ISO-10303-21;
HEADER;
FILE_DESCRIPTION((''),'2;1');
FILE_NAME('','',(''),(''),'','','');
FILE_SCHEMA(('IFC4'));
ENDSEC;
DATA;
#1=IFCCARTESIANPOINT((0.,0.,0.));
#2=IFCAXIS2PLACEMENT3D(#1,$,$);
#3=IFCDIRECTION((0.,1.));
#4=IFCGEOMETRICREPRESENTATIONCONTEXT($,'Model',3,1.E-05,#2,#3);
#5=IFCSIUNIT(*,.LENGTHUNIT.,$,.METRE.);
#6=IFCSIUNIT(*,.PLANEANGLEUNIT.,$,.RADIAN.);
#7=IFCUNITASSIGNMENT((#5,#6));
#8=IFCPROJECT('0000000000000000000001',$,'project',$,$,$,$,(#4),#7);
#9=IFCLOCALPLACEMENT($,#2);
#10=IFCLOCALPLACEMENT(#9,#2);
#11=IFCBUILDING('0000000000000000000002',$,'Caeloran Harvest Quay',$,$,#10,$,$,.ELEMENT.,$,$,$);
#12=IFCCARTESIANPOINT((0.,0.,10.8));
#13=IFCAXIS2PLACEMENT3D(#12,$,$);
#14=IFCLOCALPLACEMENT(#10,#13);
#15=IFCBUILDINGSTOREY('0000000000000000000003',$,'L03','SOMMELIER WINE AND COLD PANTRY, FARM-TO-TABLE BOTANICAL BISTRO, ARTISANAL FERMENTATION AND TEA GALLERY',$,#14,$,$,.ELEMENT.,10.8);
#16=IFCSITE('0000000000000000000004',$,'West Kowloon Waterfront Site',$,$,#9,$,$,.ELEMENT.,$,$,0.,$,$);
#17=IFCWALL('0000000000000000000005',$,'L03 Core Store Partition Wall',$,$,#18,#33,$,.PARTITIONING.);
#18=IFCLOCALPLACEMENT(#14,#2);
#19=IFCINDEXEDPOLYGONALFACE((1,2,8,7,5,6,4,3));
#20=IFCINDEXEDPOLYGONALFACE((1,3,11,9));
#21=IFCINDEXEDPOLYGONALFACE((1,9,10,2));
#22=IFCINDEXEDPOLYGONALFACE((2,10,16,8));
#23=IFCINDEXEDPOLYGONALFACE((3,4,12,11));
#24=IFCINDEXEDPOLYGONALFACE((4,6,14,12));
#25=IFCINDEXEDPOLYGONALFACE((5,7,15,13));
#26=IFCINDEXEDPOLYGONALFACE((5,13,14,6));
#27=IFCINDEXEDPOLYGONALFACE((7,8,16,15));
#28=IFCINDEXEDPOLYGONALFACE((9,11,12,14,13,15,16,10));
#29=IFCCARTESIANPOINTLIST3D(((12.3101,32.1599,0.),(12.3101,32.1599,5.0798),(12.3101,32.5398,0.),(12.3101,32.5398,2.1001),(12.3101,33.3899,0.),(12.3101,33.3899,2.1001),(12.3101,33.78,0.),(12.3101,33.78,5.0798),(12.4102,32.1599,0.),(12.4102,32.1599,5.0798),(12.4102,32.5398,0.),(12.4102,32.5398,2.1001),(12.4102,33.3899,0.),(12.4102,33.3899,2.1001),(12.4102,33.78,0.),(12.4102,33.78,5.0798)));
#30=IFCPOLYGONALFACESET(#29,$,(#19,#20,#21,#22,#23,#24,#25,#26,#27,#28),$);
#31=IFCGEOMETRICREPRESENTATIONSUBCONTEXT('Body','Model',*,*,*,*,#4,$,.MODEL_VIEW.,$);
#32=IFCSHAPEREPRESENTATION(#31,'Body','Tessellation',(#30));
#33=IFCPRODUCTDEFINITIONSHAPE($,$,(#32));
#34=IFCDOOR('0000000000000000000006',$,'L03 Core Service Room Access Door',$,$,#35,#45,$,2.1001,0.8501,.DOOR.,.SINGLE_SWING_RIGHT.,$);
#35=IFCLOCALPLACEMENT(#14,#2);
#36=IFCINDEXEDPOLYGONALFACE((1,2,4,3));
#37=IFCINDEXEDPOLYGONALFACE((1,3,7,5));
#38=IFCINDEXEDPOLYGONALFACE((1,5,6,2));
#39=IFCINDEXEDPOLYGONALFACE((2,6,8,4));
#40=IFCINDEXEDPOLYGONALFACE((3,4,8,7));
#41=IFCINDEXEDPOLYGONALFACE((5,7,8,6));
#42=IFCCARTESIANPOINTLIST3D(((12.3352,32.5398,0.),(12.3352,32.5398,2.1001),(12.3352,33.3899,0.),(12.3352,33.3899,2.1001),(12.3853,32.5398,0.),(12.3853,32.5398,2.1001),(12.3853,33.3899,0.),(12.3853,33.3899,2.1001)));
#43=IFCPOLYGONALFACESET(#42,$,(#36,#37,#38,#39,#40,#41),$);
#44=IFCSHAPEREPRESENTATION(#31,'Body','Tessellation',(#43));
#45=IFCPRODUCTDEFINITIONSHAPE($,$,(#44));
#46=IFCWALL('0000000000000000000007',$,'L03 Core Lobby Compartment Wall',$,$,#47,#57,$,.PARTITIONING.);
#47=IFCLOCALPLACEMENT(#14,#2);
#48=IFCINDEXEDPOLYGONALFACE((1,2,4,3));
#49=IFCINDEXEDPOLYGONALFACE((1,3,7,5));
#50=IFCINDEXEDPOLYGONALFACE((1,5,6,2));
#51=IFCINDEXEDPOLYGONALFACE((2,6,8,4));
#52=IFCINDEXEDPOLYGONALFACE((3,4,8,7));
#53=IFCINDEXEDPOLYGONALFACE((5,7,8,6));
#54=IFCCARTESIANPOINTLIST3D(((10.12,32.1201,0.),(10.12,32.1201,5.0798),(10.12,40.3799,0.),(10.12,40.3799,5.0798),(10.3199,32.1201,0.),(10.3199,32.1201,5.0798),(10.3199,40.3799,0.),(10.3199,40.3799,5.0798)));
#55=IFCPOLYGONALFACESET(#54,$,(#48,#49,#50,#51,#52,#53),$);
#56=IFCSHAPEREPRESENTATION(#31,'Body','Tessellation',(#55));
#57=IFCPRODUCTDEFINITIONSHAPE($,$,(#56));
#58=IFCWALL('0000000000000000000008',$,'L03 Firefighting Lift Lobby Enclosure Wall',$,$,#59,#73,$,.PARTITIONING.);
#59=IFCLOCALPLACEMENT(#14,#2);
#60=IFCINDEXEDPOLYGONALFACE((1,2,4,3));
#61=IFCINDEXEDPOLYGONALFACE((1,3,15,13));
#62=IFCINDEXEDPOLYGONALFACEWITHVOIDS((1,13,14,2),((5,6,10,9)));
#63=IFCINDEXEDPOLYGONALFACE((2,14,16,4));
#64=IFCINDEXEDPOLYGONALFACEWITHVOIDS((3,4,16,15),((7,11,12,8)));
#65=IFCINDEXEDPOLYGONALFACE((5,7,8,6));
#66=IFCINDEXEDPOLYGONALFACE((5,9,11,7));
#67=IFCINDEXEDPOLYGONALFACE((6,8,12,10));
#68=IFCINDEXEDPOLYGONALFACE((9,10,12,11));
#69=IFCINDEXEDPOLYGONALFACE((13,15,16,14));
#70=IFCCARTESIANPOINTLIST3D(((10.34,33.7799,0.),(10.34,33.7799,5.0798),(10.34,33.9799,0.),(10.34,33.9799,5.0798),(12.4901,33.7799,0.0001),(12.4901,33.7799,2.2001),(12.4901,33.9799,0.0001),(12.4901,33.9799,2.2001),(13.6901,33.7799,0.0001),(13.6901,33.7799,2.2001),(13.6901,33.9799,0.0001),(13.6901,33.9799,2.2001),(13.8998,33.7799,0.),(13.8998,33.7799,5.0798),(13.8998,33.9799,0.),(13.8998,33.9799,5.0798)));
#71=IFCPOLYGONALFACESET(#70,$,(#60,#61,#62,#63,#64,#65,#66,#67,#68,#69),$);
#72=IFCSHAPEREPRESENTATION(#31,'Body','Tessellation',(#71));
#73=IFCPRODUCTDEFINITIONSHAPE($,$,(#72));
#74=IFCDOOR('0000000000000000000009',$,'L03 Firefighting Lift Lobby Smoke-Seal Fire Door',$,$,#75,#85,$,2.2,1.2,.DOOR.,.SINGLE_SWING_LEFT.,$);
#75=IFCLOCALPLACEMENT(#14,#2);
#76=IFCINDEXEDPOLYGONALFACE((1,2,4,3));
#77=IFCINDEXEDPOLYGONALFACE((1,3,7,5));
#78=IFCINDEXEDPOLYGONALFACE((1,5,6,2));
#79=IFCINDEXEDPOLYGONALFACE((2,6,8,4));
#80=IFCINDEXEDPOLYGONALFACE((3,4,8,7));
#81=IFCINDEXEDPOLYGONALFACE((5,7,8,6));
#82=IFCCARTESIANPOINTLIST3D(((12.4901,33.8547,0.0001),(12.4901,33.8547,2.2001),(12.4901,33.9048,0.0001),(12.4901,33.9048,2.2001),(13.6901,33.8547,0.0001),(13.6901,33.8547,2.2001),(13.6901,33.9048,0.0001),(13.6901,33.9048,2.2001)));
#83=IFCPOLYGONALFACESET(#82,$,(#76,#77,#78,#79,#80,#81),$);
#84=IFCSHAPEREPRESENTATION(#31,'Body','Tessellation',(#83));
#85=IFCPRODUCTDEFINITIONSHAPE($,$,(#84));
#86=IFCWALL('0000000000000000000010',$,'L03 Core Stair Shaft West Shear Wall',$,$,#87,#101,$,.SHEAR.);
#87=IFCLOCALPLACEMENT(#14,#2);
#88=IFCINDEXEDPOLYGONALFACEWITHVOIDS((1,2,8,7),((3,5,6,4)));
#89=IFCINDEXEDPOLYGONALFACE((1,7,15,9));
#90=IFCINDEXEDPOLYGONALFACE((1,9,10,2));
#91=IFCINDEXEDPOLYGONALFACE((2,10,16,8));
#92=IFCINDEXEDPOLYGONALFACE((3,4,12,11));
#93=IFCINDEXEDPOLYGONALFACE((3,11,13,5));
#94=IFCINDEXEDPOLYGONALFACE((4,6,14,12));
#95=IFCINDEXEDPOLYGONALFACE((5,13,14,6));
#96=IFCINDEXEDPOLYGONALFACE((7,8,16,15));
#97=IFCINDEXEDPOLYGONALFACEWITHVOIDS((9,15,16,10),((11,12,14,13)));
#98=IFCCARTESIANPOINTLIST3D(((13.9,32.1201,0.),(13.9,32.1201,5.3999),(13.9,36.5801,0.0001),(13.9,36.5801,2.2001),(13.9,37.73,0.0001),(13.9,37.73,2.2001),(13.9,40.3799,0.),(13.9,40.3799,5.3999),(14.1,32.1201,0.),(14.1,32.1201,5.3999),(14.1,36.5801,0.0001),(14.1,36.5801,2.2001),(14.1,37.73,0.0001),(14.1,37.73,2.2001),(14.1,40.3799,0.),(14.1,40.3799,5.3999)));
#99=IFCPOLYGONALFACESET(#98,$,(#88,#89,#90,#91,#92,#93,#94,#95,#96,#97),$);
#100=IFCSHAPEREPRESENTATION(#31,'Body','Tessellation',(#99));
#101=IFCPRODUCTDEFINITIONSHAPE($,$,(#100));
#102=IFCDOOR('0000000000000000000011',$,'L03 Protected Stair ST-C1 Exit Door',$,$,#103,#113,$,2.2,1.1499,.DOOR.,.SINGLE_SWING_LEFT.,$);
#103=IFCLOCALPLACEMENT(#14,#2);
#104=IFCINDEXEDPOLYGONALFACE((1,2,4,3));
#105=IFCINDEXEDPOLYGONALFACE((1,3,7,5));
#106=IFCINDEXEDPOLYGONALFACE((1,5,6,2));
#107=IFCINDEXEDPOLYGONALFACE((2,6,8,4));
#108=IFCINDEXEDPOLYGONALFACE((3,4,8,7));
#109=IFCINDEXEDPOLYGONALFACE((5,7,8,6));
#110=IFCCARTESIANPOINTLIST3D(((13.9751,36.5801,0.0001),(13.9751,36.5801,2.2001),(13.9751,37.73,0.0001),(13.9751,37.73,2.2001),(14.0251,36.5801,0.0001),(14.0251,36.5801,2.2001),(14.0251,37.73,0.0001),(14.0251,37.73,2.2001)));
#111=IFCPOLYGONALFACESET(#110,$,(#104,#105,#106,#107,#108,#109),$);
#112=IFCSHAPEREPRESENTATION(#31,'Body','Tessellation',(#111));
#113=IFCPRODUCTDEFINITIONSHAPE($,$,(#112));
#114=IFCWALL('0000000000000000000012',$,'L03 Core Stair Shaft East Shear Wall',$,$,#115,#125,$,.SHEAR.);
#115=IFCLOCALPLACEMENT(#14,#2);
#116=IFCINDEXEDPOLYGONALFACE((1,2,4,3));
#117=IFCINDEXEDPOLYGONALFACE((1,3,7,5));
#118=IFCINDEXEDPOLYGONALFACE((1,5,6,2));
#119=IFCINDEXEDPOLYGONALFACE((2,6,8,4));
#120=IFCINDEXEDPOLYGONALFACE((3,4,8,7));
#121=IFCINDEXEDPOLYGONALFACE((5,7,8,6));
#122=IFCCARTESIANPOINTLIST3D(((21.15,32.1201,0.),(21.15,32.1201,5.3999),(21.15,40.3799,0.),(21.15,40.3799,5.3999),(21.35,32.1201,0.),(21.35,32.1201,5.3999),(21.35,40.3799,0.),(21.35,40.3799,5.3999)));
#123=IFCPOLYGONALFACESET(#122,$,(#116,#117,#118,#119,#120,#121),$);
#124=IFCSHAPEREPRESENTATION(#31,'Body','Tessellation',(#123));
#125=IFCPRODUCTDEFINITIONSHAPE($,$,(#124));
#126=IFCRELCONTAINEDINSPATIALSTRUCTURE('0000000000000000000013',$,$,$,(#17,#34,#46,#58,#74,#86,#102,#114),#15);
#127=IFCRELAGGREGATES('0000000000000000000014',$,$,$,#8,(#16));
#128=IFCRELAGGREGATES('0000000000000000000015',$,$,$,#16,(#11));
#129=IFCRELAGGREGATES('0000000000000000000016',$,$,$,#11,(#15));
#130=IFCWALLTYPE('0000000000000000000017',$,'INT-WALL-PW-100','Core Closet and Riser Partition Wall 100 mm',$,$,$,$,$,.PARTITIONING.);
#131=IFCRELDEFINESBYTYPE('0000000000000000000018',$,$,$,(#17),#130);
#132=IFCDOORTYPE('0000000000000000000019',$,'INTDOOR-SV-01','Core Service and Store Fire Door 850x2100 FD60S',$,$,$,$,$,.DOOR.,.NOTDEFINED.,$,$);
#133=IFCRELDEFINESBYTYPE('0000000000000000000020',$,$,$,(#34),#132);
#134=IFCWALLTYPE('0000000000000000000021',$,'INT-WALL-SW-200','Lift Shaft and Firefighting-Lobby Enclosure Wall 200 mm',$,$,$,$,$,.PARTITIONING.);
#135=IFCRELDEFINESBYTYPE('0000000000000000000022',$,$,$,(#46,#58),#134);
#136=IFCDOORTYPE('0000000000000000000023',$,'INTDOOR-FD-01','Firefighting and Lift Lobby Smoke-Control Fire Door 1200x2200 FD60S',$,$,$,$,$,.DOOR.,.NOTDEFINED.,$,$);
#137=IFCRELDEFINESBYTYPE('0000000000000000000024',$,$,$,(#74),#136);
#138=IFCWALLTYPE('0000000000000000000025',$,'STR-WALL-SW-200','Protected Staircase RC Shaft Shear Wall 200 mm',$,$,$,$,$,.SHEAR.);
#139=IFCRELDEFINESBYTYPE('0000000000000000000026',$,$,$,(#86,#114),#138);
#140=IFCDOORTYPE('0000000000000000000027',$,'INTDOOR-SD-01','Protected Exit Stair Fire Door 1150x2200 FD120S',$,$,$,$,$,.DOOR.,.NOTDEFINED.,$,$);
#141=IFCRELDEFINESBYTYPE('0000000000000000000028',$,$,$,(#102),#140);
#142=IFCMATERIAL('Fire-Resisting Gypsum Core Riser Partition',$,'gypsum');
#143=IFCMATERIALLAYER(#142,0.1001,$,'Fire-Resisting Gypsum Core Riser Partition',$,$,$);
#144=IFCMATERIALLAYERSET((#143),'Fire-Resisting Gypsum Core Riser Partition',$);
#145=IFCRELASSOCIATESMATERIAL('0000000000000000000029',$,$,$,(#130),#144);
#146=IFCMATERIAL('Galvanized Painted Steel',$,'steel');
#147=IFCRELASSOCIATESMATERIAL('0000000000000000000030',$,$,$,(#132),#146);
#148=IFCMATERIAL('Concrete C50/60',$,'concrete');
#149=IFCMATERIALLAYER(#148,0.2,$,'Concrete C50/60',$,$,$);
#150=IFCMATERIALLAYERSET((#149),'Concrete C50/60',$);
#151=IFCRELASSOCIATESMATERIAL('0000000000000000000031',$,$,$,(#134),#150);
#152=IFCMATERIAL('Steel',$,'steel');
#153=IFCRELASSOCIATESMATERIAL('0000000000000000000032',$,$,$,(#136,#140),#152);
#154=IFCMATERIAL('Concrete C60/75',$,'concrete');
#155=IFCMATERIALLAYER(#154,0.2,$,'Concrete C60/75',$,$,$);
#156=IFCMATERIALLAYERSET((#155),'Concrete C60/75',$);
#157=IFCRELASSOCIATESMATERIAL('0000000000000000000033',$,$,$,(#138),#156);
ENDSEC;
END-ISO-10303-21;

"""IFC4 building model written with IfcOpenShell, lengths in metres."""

from ifc_helpers import new_model, si_unit, direction, frame, frame_2d, origin, place, context, subcontext, project, spatial, rectangle, extrude, material, layer, layer_set, type_object, element, fill, save


model = new_model("IFC4")

# Units and contexts
model_context = context("Model", 3, precision=1e-05, world=origin(), true_north=direction((0.0, 1.0)))
body_context = subcontext(model_context, "Body", "Model", "MODEL_VIEW")
ifc_project = project(units=[si_unit("LENGTHUNIT", "METRE"), si_unit("PLANEANGLEUNIT", "RADIAN")], contexts=[model_context])

# Site, building, storey
site_placement = place(None, origin())
site = spatial("IfcSite", under=ifc_project, at=site_placement, Name="West Kowloon Waterfront Site", CompositionType="ELEMENT", RefElevation=0.0)
building_placement = place(site_placement, origin())
building = spatial("IfcBuilding", under=site, at=building_placement, Name="Caeloran Harvest Quay", CompositionType="ELEMENT")
storey_placement = place(building_placement, frame((0.0, 0.0, 10.8)))
storey = spatial("IfcBuildingStorey", under=building, at=storey_placement, Name="L03", Description="SOMMELIER WINE AND COLD PANTRY, FARM-TO-TABLE BOTANICAL BISTRO, ARTISANAL FERMENTATION AND TEA GALLERY", CompositionType="ELEMENT", Elevation=10.8)

# Wall, opening, door
ifc_material_1 = material(Name="Fire-Resisting Gypsum Core Riser Partition", Category="gypsum")
ifc_layer_1 = layer(ifc_material_1, 0.1001, Name="Fire-Resisting Gypsum Core Riser Partition")
ifc_layer_set_1 = layer_set([ifc_layer_1], Name="Fire-Resisting Gypsum Core Riser Partition")
wall_type_1 = type_object("IfcWallType", Name="INT-WALL-PW-100", Description="Core Closet and Riser Partition Wall 100 mm", PredefinedType="PARTITIONING", material=ifc_layer_set_1)
wall_1_placement = place(storey_placement, frame((12.3601, 32.1599, 0.0), z_axis=(0.0, 0.0, 1.0), x_axis=(0.0, 1.0, 0.0)))
wall_1 = element("IfcWall", 1, at=wall_1_placement, inside=storey, type_object=wall_type_1, Name="L03 Core Store Partition Wall", PredefinedType="PARTITIONING", context=body_context, shape_type="SweptSolid", body=[
    extrude(rectangle(XDim=1.6201, YDim=0.1001, at=frame_2d((0.8101, 0.0))), origin(), (0.0, 0.0, 1.0), 5.0798),
])
opening_1_placement = place(wall_1_placement, frame((0.3799, 0.0, 0.0)))
opening_1 = element("IfcOpeningElement", 2, at=opening_1_placement, cuts=wall_1, PredefinedType="OPENING", context=body_context, shape_type="SweptSolid", body=[
    extrude(rectangle(XDim=0.8501, YDim=2.1001, at=frame_2d((0.425, 1.05))), frame((0.0, 0.0601, 0.0), z_axis=(0.0, -1.0, 0.0), x_axis=(1.0, 0.0, 0.0)), (0.0, 0.0, 1.0), 0.1201),
])
ifc_material_2 = material(Name="Galvanized Painted Steel", Category="steel")
door_type_1 = type_object("IfcDoorType", Name="INTDOOR-SV-01", Description="Core Service and Store Fire Door 850x2100 FD60S", OperationType="NOTDEFINED", PredefinedType="DOOR", material=ifc_material_2)
door_1_placement = place(opening_1_placement, origin())
door_1 = element("IfcDoor", 3, at=door_1_placement, inside=storey, type_object=door_type_1, Name="L03 Core Service Room Access Door", OperationType="SINGLE_SWING_RIGHT", OverallHeight=2.1001, OverallWidth=0.8501, PredefinedType="DOOR", context=body_context, shape_type="SweptSolid", body=[
    extrude(rectangle(XDim=0.8501, YDim=2.1001, at=frame_2d((0.425, 1.05))), frame((0.0, 0.0249, 0.0), z_axis=(0.0, -1.0, 0.0), x_axis=(1.0, 0.0, 0.0)), (0.0, 0.0, 1.0), 0.05),
])
fill(opening_1, door_1)

# Wall
ifc_material_3 = material(Name="Concrete C50/60", Category="concrete")
ifc_layer_2 = layer(ifc_material_3, 0.2, Name="Concrete C50/60")
ifc_layer_set_2 = layer_set([ifc_layer_2], Name="Concrete C50/60")
wall_type_2 = type_object("IfcWallType", Name="INT-WALL-SW-200", Description="Lift Shaft and Firefighting-Lobby Enclosure Wall 200 mm", PredefinedType="PARTITIONING", material=ifc_layer_set_2)
wall_2_placement = place(storey_placement, frame((10.22, 32.1201, 0.0), z_axis=(0.0, 0.0, 1.0), x_axis=(0.0, 1.0, 0.0)))
element("IfcWall", 4, at=wall_2_placement, inside=storey, type_object=wall_type_2, Name="L03 Core Lobby Compartment Wall", PredefinedType="PARTITIONING", context=body_context, shape_type="SweptSolid", body=[
    extrude(rectangle(XDim=8.2598, YDim=0.2, at=frame_2d((4.1299, 0.0))), origin(), (0.0, 0.0, 1.0), 5.0798),
])

# Walls, openings, doors
wall_3_placement = place(storey_placement, frame((10.3401, 33.8799, 0.0), z_axis=(0.0, 0.0, 1.0), x_axis=(1.0, 0.0, 0.0)))
wall_3 = element("IfcWall", 5, at=wall_3_placement, inside=storey, type_object=wall_type_2, Name="L03 Firefighting Lift Lobby Enclosure Wall", PredefinedType="PARTITIONING", context=body_context, shape_type="SweptSolid", body=[
    extrude(rectangle(XDim=3.5598, YDim=0.2, at=frame_2d((1.7798, 0.0))), origin(), (0.0, 0.0, 1.0), 5.0798),
])
opening_2_placement = place(wall_3_placement, frame((2.1499, 0.0, 0.0)))
opening_2 = element("IfcOpeningElement", 6, at=opening_2_placement, cuts=wall_3, PredefinedType="OPENING", context=body_context, shape_type="SweptSolid", body=[
    extrude(rectangle(XDim=1.2, YDim=2.2, at=frame_2d((0.6001, 1.1001))), frame((0.0, 0.1099, 0.0), z_axis=(0.0, -1.0, 0.0), x_axis=(1.0, 0.0, 0.0)), (0.0, 0.0, 1.0), 0.22),
])
ifc_material_4 = material(Name="Steel", Category="steel")
door_type_2 = type_object("IfcDoorType", Name="INTDOOR-FD-01", Description="Firefighting and Lift Lobby Smoke-Control Fire Door 1200x2200 FD60S", OperationType="NOTDEFINED", PredefinedType="DOOR", material=ifc_material_4)
door_2_placement = place(opening_2_placement, origin())
door_2 = element("IfcDoor", 7, at=door_2_placement, inside=storey, type_object=door_type_2, Name="L03 Firefighting Lift Lobby Smoke-Seal Fire Door", OperationType="SINGLE_SWING_LEFT", OverallHeight=2.2, OverallWidth=1.2, PredefinedType="DOOR", context=body_context, shape_type="SweptSolid", body=[
    extrude(rectangle(XDim=1.2, YDim=2.2, at=frame_2d((0.6001, 1.1001))), frame((0.0, 0.0249, 0.0), z_axis=(0.0, -1.0, 0.0), x_axis=(1.0, 0.0, 0.0)), (0.0, 0.0, 1.0), 0.05),
])
fill(opening_2, door_2)
ifc_material_5 = material(Name="Concrete C60/75", Category="concrete")
ifc_layer_3 = layer(ifc_material_5, 0.2, Name="Concrete C60/75")
ifc_layer_set_3 = layer_set([ifc_layer_3], Name="Concrete C60/75")
wall_type_3 = type_object("IfcWallType", Name="STR-WALL-SW-200", Description="Protected Staircase RC Shaft Shear Wall 200 mm", PredefinedType="SHEAR", material=ifc_layer_set_3)
wall_4_placement = place(storey_placement, frame((14.0, 32.1201, 0.0), z_axis=(0.0, 0.0, 1.0), x_axis=(0.0, 1.0, 0.0)))
wall_4 = element("IfcWall", 8, at=wall_4_placement, inside=storey, type_object=wall_type_3, Name="L03 Core Stair Shaft West Shear Wall", PredefinedType="SHEAR", context=body_context, shape_type="SweptSolid", body=[
    extrude(rectangle(XDim=8.2598, YDim=0.2, at=frame_2d((4.1299, 0.0))), origin(), (0.0, 0.0, 1.0), 5.3999),
])
opening_3_placement = place(wall_4_placement, frame((4.46, 0.0, 0.0)))
opening_3 = element("IfcOpeningElement", 9, at=opening_3_placement, cuts=wall_4, PredefinedType="OPENING", context=body_context, shape_type="SweptSolid", body=[
    extrude(rectangle(XDim=1.1499, YDim=2.2, at=frame_2d((0.575, 1.1001))), frame((0.0, 0.1099, 0.0), z_axis=(0.0, -1.0, 0.0), x_axis=(1.0, 0.0, 0.0)), (0.0, 0.0, 1.0), 0.22),
])
door_type_3 = type_object("IfcDoorType", Name="INTDOOR-SD-01", Description="Protected Exit Stair Fire Door 1150x2200 FD120S", OperationType="NOTDEFINED", PredefinedType="DOOR", material=ifc_material_4)
door_3_placement = place(opening_3_placement, origin())
door_3 = element("IfcDoor", 10, at=door_3_placement, inside=storey, type_object=door_type_3, Name="L03 Protected Stair ST-C1 Exit Door", OperationType="SINGLE_SWING_LEFT", OverallHeight=2.2, OverallWidth=1.1499, PredefinedType="DOOR", context=body_context, shape_type="SweptSolid", body=[
    extrude(rectangle(XDim=1.1499, YDim=2.2, at=frame_2d((0.575, 1.1001))), frame((0.0, 0.0249, 0.0), z_axis=(0.0, -1.0, 0.0), x_axis=(1.0, 0.0, 0.0)), (0.0, 0.0, 1.0), 0.05),
])
fill(opening_3, door_3)

# Wall
wall_5_placement = place(storey_placement, frame((21.25, 32.1201, 0.0), z_axis=(0.0, 0.0, 1.0), x_axis=(0.0, 1.0, 0.0)))
element("IfcWall", 11, at=wall_5_placement, inside=storey, type_object=wall_type_3, Name="L03 Core Stair Shaft East Shear Wall", PredefinedType="SHEAR", context=body_context, shape_type="SweptSolid", body=[
    extrude(rectangle(XDim=8.2598, YDim=0.2, at=frame_2d((4.1299, 0.0))), origin(), (0.0, 0.0, 1.0), 5.3999),
])

save(model, "model.ifc")
